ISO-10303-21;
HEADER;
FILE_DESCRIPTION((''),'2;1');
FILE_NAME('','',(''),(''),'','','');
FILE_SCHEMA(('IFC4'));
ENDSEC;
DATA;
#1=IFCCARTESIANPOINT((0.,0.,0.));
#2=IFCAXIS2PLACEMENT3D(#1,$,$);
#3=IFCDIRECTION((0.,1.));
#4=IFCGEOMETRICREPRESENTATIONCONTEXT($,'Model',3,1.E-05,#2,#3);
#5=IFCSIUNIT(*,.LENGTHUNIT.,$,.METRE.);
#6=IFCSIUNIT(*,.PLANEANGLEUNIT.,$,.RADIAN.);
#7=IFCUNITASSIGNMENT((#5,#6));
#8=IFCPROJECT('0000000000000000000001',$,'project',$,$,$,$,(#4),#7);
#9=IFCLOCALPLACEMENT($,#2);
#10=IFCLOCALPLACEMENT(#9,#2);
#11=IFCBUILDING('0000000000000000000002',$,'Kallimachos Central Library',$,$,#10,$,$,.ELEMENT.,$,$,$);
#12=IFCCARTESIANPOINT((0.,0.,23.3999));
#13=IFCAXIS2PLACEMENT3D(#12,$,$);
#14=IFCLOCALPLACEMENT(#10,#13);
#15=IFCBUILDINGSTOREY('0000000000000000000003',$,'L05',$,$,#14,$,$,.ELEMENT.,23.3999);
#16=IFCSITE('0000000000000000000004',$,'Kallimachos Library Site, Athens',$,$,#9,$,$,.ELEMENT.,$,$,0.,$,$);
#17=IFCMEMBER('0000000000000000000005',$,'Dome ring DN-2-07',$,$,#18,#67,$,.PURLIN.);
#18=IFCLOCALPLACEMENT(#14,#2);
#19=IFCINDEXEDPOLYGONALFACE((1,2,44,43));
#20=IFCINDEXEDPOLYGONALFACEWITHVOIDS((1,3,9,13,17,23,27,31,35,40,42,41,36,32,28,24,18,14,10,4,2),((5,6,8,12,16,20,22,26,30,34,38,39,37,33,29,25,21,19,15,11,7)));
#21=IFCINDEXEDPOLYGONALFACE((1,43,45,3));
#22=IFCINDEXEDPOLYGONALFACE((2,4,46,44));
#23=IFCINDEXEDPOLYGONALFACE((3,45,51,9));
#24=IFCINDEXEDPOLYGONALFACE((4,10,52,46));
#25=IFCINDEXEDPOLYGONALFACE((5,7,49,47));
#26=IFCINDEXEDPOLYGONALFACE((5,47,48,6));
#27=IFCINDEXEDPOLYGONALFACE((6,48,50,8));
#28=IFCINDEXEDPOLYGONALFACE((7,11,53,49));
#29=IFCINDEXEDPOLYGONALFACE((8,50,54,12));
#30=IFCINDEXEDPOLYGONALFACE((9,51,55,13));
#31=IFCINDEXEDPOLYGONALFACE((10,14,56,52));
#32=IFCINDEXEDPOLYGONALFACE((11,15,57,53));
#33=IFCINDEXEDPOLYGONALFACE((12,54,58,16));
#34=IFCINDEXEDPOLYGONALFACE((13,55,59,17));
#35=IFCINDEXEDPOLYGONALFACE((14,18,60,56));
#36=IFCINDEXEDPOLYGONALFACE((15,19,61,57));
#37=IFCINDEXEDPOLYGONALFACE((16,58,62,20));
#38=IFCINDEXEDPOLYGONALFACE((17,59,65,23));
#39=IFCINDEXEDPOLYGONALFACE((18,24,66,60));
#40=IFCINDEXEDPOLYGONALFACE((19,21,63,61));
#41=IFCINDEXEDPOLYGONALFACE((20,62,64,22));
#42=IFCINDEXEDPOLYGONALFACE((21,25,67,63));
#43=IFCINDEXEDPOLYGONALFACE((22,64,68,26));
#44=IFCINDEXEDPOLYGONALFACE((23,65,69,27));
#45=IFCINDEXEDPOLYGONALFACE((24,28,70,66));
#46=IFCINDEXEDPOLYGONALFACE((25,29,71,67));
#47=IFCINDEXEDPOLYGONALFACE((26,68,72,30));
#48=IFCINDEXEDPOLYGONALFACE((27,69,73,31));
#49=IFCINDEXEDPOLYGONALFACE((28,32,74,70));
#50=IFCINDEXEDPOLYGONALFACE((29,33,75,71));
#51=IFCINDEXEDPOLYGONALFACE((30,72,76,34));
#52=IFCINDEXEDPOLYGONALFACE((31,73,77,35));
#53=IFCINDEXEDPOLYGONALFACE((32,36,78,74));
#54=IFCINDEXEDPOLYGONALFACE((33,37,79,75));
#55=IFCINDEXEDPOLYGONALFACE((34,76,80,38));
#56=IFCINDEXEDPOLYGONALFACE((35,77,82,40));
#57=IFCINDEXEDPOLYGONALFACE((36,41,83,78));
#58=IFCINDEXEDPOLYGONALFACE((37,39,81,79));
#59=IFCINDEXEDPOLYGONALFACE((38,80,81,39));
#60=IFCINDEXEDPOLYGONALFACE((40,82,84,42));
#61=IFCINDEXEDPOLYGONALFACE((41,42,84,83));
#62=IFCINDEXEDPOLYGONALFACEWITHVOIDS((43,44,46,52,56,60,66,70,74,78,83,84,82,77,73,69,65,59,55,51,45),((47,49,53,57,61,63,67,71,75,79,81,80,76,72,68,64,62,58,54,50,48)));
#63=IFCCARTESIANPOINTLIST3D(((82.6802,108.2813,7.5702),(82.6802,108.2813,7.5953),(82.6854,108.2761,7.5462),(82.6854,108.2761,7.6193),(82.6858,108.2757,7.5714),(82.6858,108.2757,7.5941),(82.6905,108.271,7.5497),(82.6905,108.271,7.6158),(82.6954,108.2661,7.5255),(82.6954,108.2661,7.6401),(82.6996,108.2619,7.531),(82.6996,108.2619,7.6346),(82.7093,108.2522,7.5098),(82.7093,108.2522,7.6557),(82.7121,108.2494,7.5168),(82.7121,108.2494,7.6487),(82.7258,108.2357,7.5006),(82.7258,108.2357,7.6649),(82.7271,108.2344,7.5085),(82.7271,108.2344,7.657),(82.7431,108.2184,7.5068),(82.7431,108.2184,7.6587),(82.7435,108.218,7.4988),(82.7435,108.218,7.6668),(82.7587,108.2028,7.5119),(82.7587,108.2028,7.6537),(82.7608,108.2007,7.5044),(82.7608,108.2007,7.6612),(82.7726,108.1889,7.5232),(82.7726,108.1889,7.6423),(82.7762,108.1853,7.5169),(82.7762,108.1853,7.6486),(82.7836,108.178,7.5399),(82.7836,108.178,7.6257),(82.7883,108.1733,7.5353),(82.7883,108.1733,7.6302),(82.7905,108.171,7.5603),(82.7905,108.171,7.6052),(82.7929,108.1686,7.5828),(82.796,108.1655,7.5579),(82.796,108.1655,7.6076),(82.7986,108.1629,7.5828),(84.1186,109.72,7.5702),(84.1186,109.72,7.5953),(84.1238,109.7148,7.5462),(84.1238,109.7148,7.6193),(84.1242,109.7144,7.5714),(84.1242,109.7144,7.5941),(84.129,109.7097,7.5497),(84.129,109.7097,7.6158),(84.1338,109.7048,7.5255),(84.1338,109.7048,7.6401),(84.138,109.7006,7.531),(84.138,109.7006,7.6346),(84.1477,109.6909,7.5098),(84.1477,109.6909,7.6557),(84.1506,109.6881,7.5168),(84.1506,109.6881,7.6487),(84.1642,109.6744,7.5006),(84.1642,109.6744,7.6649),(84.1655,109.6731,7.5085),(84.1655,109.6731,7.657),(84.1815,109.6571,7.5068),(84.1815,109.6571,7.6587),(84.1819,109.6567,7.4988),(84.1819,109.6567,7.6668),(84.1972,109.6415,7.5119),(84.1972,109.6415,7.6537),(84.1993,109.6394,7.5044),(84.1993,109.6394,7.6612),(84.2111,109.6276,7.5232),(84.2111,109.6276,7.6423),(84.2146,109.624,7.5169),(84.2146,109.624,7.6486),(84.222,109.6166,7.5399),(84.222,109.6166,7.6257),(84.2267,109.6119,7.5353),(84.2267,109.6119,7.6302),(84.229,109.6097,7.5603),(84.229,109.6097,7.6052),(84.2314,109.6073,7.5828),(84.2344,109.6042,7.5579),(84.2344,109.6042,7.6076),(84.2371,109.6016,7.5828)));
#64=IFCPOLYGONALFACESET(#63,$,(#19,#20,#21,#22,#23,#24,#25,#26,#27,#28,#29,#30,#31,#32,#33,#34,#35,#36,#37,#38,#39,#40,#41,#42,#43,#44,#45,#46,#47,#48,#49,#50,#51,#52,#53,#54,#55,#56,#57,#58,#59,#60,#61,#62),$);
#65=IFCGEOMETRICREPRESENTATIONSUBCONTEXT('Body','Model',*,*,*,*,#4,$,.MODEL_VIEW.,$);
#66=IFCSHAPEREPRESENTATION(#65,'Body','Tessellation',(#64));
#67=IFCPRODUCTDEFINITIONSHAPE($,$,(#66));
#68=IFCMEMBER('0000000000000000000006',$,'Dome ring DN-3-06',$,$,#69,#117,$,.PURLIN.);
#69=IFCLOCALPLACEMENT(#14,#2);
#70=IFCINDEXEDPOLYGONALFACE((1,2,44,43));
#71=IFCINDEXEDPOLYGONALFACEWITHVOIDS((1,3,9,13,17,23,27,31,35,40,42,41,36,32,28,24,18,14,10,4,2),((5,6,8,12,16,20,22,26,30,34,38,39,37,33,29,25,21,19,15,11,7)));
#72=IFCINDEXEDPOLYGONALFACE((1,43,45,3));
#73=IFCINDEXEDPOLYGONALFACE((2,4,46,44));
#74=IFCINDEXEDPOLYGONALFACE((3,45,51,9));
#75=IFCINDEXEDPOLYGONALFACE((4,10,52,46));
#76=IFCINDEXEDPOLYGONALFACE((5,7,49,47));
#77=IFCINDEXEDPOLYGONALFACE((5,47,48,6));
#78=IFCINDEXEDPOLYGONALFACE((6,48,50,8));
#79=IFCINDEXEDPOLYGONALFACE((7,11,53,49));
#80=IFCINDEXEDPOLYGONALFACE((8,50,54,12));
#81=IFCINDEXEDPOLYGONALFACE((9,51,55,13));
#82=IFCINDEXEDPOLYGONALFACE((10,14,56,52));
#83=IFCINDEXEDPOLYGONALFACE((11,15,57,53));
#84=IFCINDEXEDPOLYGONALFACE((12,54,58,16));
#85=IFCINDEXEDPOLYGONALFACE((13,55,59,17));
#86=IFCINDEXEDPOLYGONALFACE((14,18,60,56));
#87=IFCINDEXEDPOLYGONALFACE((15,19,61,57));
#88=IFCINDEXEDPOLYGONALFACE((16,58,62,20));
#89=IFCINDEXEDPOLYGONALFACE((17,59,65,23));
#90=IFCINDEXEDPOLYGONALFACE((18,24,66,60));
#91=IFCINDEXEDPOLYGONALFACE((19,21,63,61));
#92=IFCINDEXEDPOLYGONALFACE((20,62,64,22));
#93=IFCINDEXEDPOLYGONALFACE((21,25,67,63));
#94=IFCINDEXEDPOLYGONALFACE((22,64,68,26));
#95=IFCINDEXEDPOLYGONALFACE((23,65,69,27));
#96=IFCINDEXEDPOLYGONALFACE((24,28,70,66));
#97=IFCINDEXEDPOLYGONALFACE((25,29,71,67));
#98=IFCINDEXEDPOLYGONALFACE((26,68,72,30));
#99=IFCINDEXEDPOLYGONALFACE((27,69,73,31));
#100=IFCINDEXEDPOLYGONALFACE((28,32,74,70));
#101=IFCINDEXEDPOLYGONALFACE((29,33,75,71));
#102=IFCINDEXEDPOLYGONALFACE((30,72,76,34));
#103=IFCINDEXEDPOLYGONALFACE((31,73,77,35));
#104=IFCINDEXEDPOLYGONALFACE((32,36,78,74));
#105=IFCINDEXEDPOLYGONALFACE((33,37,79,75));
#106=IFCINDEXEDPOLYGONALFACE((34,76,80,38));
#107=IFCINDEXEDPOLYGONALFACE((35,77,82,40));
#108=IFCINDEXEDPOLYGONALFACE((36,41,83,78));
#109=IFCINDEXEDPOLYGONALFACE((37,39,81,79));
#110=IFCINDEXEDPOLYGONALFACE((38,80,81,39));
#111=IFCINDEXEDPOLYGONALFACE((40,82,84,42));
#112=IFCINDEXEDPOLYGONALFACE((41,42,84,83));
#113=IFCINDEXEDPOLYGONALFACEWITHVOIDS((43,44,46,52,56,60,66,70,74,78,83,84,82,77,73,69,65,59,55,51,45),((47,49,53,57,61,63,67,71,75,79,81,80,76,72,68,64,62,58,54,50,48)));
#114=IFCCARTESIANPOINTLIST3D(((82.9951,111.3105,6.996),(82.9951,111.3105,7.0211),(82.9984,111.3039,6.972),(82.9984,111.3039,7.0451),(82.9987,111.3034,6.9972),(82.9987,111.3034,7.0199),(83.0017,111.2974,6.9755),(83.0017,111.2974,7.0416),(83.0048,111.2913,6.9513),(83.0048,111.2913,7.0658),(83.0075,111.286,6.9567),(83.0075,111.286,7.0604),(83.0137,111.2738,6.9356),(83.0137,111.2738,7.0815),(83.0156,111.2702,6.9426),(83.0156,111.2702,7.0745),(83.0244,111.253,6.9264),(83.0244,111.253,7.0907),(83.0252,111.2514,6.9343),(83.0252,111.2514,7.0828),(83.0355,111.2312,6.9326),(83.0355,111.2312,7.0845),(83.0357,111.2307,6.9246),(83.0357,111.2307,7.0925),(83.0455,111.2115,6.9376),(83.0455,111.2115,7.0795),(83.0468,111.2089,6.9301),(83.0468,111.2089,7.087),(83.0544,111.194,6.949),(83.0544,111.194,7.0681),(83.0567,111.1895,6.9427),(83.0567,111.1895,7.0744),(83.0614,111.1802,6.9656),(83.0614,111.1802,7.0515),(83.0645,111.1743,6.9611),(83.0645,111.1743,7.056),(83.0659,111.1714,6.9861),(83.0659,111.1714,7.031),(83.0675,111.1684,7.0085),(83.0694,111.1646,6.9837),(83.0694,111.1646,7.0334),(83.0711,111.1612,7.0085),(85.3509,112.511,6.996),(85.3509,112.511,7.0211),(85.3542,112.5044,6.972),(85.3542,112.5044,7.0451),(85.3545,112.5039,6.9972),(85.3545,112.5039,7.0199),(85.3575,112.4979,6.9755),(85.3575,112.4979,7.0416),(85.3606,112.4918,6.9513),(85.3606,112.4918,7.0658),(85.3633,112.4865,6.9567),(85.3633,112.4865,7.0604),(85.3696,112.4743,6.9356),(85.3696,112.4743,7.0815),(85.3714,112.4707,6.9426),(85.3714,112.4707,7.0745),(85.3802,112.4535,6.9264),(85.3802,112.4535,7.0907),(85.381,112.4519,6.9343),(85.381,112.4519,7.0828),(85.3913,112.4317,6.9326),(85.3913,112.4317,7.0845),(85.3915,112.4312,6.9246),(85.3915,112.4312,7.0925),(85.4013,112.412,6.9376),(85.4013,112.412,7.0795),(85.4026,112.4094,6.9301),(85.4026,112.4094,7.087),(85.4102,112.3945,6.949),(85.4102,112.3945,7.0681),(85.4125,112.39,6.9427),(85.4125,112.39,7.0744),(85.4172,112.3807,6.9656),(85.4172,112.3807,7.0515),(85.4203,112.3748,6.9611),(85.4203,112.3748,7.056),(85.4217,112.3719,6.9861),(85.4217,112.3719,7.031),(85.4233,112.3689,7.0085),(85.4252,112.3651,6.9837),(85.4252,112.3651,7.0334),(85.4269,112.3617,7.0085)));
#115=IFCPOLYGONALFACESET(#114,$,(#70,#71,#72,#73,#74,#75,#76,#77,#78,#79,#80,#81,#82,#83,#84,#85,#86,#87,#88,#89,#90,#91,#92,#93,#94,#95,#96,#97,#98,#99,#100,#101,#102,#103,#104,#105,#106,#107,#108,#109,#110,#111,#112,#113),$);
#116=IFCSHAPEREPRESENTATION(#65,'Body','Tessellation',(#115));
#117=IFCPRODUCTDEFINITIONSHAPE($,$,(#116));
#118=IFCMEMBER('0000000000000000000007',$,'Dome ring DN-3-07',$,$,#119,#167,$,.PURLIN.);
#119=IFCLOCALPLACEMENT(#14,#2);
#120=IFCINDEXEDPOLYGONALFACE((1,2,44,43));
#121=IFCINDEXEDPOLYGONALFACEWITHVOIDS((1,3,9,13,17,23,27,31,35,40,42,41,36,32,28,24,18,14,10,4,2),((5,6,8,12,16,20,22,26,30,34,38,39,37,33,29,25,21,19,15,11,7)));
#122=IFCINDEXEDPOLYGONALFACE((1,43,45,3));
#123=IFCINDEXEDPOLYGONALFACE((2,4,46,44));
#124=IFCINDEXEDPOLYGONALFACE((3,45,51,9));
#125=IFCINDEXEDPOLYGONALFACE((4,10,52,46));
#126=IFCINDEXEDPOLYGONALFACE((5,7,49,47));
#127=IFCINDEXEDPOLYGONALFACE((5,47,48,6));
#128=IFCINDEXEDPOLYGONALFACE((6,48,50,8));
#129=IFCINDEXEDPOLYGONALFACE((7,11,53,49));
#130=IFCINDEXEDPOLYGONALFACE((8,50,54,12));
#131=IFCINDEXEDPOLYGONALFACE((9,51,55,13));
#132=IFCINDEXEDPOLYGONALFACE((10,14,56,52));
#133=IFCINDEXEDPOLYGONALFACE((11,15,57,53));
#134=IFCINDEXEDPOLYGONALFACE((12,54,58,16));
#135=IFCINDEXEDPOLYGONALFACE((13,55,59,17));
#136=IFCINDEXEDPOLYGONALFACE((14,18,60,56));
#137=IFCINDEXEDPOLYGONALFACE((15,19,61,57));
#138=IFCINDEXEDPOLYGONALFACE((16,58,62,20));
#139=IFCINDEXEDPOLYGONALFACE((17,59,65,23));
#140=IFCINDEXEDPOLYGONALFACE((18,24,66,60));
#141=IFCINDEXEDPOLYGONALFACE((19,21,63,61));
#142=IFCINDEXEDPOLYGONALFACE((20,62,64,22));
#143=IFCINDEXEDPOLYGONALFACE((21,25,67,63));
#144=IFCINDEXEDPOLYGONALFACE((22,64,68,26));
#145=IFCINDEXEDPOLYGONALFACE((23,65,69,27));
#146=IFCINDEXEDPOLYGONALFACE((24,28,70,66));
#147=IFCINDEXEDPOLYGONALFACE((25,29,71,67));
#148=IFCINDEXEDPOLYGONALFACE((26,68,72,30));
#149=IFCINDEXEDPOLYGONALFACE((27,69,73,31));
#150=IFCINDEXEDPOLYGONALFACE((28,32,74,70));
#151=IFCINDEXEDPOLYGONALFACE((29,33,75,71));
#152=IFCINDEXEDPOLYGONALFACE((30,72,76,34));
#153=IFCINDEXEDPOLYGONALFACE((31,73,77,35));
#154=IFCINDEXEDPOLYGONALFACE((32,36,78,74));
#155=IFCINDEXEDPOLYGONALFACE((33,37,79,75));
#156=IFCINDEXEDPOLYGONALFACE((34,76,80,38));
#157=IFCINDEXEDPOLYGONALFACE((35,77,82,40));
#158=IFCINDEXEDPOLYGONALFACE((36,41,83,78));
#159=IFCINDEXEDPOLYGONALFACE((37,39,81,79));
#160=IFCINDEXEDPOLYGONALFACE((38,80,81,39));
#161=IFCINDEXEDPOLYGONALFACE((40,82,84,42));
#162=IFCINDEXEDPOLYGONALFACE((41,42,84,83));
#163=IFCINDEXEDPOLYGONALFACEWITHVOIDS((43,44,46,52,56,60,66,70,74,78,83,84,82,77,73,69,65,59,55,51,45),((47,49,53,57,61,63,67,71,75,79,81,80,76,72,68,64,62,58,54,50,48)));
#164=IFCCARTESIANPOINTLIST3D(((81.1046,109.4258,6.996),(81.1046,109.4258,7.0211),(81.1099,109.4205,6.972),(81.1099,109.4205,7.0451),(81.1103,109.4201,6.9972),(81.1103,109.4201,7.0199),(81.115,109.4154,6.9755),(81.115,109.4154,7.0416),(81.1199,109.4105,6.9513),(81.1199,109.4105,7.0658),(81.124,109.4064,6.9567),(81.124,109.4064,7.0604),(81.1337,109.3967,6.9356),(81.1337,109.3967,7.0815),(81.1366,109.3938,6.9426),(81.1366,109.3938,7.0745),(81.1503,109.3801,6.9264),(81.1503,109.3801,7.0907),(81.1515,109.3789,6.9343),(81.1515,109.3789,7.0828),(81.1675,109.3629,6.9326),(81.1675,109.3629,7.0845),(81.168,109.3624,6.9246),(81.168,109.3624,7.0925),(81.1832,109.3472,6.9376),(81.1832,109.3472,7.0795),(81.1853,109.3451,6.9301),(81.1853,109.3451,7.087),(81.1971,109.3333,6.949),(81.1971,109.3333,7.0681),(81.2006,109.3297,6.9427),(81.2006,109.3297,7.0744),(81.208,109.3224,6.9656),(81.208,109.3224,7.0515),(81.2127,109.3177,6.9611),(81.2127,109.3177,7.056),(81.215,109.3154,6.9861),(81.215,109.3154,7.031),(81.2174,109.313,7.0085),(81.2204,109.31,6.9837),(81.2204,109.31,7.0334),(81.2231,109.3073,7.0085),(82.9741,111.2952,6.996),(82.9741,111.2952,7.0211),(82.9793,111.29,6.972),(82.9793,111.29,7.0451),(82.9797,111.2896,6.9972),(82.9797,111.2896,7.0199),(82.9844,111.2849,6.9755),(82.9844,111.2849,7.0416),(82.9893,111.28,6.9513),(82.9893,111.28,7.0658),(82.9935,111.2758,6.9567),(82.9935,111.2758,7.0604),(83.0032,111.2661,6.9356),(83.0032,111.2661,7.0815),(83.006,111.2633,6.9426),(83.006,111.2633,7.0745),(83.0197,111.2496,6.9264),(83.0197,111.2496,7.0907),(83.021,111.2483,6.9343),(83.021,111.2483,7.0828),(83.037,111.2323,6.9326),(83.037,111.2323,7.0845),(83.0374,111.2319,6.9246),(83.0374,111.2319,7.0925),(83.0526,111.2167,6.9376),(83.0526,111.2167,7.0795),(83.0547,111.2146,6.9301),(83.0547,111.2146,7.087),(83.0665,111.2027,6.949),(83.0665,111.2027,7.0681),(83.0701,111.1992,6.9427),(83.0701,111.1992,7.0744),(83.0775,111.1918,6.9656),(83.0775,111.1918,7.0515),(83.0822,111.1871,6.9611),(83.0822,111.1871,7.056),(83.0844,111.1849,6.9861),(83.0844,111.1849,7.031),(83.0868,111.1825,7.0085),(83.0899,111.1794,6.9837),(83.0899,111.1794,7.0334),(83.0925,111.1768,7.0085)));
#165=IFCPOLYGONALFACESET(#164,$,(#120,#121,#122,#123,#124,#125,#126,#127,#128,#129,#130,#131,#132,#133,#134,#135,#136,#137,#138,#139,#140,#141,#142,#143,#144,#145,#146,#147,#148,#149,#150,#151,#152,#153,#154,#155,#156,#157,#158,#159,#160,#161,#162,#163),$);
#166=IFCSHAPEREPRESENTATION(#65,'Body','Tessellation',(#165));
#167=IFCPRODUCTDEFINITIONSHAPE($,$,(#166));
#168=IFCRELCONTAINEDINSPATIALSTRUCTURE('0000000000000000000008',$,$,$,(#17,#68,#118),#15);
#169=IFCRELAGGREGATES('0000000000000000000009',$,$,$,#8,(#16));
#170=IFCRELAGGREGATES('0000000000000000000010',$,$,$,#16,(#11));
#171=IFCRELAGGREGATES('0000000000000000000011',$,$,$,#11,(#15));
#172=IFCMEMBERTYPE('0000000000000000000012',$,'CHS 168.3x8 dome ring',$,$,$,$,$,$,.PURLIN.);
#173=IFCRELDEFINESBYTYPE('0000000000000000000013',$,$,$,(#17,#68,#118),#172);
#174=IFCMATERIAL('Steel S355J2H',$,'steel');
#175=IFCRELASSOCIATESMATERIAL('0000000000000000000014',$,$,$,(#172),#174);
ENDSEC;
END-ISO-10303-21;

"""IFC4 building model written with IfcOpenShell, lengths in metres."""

from ifc_helpers import new_model, si_unit, direction, frame, origin, origin_2d, place, context, subcontext, project, spatial, hollow_circle, extrude, material, material_profile, profile_set, type_object, element, save


model = new_model("IFC4")

# Units and contexts
model_context = context("Model", 3, precision=1e-05, world=origin(), true_north=direction((0.0, 1.0)))
body_context = subcontext(model_context, "Body", "Model", "MODEL_VIEW")
ifc_project = project(units=[si_unit("LENGTHUNIT", "METRE"), si_unit("PLANEANGLEUNIT", "RADIAN")], contexts=[model_context])

# Site, building, storey
site_placement = place(None, origin())
site = spatial("IfcSite", under=ifc_project, at=site_placement, Name="Kallimachos Library Site, Athens", CompositionType="ELEMENT", RefElevation=0.0)
building_placement = place(site_placement, origin())
building = spatial("IfcBuilding", under=site, at=building_placement, Name="Kallimachos Central Library", CompositionType="ELEMENT")
storey_placement = place(building_placement, frame((0.0, 0.0, 23.3999)))
storey = spatial("IfcBuildingStorey", under=building, at=storey_placement, Name="L05", CompositionType="ELEMENT", Elevation=23.3999)

# Members
ifc_material_1 = material(Name="Steel S355J2H", Category="steel")
ifc_material_profile_1 = material_profile(ifc_material_1, hollow_circle(Radius=0.0842, WallThickness=0.0081, at=origin_2d()), Name="CHS 168.3x8")
ifc_profile_set_1 = profile_set([ifc_material_profile_1], Name="Steel S355J2H")
member_type_1 = type_object("IfcMemberType", Name="CHS 168.3x8 dome ring", PredefinedType="PURLIN", material=ifc_profile_set_1)
member_1_placement = place(storey_placement, frame((84.1775, 109.6611, 7.5828), z_axis=(-0.707047, -0.707167, 0.0), x_axis=(0.707167, -0.707047, 0.0)))
element("IfcMember", 1, at=member_1_placement, inside=storey, type_object=member_type_1, Name="Dome ring DN-2-07", PredefinedType="PURLIN", context=body_context, shape_type="SweptSolid", body=[
    extrude(hollow_circle(Radius=0.0842, WallThickness=0.0081, at=origin_2d()), origin(), (0.0, 0.0, 1.0), 2.0344),
])
member_2_placement = place(storey_placement, frame((85.3887, 112.4368, 7.0085), z_axis=(-0.890985, -0.454034, 0.0), x_axis=(0.454034, -0.890985, 0.0)))
element("IfcMember", 2, at=member_2_placement, inside=storey, type_object=member_type_1, Name="Dome ring DN-3-06", PredefinedType="PURLIN", context=body_context, shape_type="SweptSolid", body=[
    extrude(hollow_circle(Radius=0.0842, WallThickness=0.0081, at=origin_2d()), origin(), (0.0, 0.0, 1.0), 2.644),
])
member_3_placement = place(storey_placement, frame((83.033, 111.2363, 7.0085), z_axis=(-0.707107, -0.707107, 0.0), x_axis=(0.707107, -0.707107, 0.0)))
element("IfcMember", 3, at=member_3_placement, inside=storey, type_object=member_type_1, Name="Dome ring DN-3-07", PredefinedType="PURLIN", context=body_context, shape_type="SweptSolid", body=[
    extrude(hollow_circle(Radius=0.0842, WallThickness=0.0081, at=origin_2d()), origin(), (0.0, 0.0, 1.0), 2.6438),
])

save(model, "model.ifc")
